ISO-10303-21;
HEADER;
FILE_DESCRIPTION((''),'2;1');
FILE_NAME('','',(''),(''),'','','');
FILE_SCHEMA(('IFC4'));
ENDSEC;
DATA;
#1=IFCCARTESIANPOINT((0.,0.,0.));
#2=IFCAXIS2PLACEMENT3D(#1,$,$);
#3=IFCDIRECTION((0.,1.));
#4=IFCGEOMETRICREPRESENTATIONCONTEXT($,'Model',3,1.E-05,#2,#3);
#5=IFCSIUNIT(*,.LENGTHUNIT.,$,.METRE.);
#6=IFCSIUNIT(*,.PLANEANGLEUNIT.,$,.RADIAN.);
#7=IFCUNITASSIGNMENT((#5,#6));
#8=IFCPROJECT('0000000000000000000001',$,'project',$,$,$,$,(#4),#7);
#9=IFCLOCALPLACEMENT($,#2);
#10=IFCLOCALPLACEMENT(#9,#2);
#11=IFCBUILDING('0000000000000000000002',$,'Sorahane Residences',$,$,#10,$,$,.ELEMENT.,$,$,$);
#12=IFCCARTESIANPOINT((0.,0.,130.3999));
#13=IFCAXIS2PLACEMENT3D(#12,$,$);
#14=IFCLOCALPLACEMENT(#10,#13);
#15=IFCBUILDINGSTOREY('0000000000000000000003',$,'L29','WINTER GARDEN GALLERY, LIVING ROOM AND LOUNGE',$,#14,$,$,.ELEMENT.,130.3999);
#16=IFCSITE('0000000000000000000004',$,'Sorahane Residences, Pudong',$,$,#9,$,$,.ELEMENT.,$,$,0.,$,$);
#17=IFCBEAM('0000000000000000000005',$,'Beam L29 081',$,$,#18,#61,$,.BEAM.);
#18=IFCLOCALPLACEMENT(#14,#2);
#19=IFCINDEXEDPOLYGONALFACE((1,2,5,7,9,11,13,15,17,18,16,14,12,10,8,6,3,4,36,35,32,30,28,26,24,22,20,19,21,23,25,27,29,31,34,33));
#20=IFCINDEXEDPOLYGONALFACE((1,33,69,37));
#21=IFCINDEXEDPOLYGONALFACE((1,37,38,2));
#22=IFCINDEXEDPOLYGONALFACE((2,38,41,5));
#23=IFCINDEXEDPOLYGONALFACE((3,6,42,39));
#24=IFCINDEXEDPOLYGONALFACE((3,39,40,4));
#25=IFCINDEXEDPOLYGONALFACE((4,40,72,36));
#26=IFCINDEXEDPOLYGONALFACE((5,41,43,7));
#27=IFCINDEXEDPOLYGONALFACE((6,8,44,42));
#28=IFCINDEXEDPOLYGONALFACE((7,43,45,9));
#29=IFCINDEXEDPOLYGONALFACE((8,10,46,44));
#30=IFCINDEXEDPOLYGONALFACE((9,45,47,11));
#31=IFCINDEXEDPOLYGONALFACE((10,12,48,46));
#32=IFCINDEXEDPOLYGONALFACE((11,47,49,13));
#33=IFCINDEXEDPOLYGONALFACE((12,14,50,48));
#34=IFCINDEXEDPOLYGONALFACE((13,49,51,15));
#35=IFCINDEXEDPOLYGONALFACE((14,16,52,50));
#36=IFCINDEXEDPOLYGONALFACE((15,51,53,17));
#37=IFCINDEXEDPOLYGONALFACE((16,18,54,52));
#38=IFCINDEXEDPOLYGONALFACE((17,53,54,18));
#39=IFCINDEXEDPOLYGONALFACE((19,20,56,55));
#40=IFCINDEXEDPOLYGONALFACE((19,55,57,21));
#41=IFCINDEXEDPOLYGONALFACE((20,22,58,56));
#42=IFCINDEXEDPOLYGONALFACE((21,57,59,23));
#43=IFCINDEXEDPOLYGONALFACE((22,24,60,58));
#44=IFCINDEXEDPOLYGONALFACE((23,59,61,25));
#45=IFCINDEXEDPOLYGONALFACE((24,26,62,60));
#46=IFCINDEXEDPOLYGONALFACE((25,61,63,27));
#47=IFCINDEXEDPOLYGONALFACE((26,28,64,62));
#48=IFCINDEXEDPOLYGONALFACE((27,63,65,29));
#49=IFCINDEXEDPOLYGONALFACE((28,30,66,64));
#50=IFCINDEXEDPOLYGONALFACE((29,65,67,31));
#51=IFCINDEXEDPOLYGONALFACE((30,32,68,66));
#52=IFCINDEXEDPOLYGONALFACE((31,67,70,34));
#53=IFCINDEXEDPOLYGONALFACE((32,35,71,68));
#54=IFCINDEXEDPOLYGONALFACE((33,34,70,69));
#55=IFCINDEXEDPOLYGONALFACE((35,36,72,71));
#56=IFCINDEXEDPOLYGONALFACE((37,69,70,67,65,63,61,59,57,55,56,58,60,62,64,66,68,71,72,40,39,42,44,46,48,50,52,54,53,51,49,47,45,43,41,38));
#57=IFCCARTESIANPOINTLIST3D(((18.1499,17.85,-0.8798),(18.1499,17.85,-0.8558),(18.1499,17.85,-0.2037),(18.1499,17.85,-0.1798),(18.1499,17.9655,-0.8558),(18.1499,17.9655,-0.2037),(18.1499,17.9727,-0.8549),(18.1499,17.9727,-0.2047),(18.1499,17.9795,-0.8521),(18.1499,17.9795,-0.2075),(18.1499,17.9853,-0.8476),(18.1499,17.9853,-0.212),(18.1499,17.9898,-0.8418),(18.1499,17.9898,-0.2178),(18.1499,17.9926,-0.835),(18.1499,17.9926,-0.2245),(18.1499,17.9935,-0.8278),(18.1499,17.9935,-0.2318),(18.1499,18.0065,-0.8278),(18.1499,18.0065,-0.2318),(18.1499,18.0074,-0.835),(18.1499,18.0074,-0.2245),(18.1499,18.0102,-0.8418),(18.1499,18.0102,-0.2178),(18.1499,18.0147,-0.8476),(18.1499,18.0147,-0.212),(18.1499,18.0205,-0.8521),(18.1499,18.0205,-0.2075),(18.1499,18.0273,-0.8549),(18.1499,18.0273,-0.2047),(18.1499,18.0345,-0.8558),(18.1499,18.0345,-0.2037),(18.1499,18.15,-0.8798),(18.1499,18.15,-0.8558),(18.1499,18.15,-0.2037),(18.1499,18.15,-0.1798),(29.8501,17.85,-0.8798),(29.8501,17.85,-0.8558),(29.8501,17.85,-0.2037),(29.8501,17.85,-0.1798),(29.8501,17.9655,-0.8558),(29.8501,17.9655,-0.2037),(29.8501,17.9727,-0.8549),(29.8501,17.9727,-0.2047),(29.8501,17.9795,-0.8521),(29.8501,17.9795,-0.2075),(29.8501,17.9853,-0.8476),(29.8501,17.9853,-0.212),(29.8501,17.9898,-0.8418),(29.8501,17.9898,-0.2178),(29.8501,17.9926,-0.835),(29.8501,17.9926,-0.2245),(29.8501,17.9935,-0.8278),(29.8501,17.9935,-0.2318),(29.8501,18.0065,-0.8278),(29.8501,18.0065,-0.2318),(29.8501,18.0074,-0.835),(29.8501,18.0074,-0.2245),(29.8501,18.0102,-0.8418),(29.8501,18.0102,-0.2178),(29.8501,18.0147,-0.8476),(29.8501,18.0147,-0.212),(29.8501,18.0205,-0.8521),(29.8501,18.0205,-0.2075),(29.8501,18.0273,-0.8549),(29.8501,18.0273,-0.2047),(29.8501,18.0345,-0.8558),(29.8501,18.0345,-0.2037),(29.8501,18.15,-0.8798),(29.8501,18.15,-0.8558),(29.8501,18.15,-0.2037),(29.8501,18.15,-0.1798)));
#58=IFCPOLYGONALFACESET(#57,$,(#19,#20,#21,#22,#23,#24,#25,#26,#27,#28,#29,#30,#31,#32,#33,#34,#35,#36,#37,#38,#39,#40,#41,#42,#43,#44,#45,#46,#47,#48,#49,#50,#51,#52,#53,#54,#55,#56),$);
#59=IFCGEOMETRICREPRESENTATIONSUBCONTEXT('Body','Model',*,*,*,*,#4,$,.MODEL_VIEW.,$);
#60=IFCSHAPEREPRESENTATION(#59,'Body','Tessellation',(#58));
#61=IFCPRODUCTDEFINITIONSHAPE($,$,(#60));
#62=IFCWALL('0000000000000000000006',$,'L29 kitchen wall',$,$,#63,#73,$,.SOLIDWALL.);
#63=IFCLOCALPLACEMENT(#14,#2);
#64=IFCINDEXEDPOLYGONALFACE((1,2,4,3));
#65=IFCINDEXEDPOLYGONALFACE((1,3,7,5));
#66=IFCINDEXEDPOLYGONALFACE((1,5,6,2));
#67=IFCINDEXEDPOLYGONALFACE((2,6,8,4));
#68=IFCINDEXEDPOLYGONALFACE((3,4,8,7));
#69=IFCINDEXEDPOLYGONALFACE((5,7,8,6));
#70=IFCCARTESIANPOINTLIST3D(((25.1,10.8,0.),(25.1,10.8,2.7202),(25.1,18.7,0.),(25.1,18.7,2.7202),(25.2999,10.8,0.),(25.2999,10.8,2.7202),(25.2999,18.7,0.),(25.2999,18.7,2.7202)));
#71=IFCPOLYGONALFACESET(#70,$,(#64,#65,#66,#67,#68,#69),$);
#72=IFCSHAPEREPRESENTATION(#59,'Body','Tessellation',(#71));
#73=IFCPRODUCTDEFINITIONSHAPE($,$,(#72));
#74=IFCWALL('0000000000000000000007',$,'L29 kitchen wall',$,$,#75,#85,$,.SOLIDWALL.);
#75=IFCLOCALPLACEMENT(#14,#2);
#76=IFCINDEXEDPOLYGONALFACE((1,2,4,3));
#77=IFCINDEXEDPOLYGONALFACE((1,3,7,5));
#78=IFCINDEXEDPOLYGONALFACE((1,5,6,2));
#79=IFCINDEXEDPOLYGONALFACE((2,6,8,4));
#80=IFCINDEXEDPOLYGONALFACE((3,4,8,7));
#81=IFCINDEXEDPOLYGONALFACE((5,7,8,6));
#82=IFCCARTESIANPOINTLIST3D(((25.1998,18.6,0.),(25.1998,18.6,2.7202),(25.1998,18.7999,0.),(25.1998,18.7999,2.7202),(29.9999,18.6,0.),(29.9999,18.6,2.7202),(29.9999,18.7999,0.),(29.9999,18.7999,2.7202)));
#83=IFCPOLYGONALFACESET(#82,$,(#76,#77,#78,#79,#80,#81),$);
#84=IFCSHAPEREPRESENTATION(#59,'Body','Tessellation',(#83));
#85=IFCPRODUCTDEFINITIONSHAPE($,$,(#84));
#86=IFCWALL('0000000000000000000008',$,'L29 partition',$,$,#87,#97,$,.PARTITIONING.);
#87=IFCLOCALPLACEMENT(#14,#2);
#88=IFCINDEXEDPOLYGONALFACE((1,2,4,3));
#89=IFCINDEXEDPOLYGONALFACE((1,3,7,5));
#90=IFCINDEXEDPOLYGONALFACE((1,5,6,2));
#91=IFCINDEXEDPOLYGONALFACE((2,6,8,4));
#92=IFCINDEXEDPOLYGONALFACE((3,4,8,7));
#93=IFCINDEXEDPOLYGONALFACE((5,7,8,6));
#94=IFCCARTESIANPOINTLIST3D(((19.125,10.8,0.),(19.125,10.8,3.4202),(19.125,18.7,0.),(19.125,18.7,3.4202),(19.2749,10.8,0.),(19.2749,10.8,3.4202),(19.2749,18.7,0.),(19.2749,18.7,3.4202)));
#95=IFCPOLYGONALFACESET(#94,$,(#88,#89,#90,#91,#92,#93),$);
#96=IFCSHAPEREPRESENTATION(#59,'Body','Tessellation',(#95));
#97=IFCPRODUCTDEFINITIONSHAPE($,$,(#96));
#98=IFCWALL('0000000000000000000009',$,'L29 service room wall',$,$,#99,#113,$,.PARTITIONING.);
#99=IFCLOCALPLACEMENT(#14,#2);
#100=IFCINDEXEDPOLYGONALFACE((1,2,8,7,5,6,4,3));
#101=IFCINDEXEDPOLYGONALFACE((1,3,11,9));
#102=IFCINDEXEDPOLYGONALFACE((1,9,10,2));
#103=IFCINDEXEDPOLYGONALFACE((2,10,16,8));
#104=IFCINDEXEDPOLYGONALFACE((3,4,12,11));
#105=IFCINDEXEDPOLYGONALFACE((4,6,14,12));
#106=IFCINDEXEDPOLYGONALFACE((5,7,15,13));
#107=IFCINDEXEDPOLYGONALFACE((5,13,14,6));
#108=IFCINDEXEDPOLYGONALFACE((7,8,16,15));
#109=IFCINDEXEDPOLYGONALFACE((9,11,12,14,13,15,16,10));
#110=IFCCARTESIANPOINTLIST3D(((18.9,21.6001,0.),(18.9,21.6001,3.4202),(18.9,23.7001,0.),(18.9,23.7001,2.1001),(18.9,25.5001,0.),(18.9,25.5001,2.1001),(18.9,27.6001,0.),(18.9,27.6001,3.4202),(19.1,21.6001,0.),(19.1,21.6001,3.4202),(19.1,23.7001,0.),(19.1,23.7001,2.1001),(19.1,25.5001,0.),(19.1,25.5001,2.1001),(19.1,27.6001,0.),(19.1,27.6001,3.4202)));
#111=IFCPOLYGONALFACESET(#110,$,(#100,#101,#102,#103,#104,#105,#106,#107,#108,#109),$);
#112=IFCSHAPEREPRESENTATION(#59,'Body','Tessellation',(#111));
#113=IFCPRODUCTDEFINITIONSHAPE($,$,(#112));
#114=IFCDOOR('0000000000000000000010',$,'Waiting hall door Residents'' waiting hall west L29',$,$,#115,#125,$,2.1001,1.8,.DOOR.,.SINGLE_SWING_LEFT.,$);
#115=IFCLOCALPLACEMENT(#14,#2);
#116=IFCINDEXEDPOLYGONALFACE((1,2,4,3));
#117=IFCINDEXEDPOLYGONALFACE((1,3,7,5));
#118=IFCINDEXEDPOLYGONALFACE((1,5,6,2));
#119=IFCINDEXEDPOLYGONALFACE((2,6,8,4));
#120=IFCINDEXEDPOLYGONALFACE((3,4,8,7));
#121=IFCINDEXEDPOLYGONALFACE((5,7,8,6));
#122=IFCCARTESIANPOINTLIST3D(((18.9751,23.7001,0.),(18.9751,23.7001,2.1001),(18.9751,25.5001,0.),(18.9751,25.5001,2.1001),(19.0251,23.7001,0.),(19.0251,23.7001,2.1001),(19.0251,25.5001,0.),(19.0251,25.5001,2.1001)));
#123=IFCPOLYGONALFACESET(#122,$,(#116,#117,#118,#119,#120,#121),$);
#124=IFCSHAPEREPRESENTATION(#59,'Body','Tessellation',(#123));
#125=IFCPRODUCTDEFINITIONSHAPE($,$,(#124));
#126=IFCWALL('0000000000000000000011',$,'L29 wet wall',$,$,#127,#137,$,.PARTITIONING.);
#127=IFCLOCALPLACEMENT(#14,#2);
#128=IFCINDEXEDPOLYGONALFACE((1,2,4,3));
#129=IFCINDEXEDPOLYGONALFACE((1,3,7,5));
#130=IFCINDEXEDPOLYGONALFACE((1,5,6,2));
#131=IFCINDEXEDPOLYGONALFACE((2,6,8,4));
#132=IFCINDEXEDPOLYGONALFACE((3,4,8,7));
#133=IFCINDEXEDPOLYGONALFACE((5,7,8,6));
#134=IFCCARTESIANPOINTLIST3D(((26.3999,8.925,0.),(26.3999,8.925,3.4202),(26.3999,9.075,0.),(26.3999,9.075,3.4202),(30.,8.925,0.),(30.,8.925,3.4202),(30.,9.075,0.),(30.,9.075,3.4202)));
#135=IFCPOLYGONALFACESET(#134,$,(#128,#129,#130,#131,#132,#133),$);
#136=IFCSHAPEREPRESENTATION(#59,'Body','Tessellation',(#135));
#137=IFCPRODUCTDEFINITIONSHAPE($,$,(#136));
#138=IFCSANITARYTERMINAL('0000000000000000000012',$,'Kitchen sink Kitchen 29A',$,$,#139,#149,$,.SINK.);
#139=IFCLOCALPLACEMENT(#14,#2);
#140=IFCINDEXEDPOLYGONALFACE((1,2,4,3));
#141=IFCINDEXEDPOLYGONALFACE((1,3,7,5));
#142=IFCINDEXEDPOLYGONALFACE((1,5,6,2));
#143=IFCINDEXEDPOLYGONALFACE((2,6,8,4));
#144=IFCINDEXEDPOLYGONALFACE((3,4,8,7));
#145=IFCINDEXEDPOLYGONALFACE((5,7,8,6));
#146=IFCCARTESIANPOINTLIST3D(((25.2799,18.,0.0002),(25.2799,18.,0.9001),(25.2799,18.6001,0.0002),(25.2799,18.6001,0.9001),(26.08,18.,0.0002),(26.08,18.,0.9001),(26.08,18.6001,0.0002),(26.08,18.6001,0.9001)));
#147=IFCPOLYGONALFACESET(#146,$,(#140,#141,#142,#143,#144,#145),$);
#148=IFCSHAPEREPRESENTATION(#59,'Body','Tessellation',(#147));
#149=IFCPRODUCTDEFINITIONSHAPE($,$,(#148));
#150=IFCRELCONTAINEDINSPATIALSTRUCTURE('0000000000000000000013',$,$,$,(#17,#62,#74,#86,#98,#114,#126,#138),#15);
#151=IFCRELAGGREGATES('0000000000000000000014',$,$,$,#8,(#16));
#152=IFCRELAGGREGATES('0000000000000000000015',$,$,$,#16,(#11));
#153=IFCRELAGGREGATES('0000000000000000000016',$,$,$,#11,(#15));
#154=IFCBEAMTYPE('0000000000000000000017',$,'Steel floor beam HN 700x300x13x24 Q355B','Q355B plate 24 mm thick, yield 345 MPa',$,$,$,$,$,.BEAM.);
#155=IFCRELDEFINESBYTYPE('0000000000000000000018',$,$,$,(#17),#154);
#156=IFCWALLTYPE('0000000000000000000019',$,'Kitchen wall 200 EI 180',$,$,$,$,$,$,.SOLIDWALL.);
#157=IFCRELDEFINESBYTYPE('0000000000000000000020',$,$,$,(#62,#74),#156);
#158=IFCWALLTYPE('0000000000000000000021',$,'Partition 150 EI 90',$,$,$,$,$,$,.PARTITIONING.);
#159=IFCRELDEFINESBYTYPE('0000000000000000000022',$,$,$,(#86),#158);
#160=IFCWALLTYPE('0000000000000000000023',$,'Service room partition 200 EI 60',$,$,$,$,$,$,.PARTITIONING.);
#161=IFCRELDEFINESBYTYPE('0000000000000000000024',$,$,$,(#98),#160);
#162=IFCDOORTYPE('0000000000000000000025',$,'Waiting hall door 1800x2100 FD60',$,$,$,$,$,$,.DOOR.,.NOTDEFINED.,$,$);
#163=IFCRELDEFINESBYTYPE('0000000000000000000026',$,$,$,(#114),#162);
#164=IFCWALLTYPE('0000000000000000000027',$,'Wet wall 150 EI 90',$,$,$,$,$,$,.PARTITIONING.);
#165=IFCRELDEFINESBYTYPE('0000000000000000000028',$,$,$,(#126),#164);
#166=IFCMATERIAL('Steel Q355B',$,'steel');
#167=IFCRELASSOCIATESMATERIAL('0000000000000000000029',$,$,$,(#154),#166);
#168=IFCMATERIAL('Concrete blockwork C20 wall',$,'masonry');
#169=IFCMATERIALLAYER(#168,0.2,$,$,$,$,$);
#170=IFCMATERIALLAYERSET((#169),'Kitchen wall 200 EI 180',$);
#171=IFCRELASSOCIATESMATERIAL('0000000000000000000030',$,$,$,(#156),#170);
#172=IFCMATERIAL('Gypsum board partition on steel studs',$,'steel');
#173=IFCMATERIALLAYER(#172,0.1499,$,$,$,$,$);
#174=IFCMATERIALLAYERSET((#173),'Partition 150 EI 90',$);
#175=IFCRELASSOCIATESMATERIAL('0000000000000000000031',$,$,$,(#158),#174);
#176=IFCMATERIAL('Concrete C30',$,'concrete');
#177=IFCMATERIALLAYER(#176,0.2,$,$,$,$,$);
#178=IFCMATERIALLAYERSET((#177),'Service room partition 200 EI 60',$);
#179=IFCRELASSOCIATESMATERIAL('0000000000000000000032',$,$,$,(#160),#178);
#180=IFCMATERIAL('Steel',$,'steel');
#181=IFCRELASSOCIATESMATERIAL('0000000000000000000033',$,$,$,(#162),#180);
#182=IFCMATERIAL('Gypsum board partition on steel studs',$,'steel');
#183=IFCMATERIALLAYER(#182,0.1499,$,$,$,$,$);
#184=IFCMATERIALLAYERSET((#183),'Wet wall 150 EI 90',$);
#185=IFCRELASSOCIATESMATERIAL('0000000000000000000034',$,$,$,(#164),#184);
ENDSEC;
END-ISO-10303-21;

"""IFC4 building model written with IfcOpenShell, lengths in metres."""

from ifc_helpers import new_model, si_unit, direction, frame, frame_2d, origin, origin_2d, place, context, subcontext, project, spatial, rectangle, i_section, extrude, material, layer, layer_set, material_profile, profile_set, type_object, element, fill, save


model = new_model("IFC4")

# Units and contexts
model_context = context("Model", 3, precision=1e-05, world=origin(), true_north=direction((0.0, 1.0)))
body_context = subcontext(model_context, "Body", "Model", "MODEL_VIEW")
ifc_project = project(units=[si_unit("LENGTHUNIT", "METRE"), si_unit("PLANEANGLEUNIT", "RADIAN")], contexts=[model_context])

# Site, building, storey
site_placement = place(None, origin())
site = spatial("IfcSite", under=ifc_project, at=site_placement, Name="Sorahane Residences, Pudong", CompositionType="ELEMENT", RefElevation=0.0)
building_placement = place(site_placement, origin())
building = spatial("IfcBuilding", under=site, at=building_placement, Name="Sorahane Residences", CompositionType="ELEMENT")
storey_placement = place(building_placement, frame((0.0, 0.0, 130.3999)))
storey = spatial("IfcBuildingStorey", under=building, at=storey_placement, Name="L29", Description="WINTER GARDEN GALLERY, LIVING ROOM AND LOUNGE", CompositionType="ELEMENT", Elevation=130.3999)

# Beam
ifc_material_1 = material(Name="Steel Q355B", Category="steel")
ifc_material_profile_1 = material_profile(ifc_material_1, i_section(OverallWidth=0.3, OverallDepth=0.7, WebThickness=0.0129, FlangeThickness=0.0239, FilletRadius=0.0281, at=origin_2d()), Name="HN 700x300x13x24")
ifc_profile_set_1 = profile_set([ifc_material_profile_1], Name="Steel Q355B")
beam_type_1 = type_object("IfcBeamType", Name="Steel floor beam HN 700x300x13x24 Q355B", Description="Q355B plate 24 mm thick, yield 345 MPa", PredefinedType="BEAM", material=ifc_profile_set_1)
beam_1_placement = place(storey_placement, frame((18.1499, 18.0, -0.5298), z_axis=(1.0, 0.0, 0.0), x_axis=(0.0, 1.0, 0.0)))
element("IfcBeam", 1, at=beam_1_placement, inside=storey, type_object=beam_type_1, Name="Beam L29 081", PredefinedType="BEAM", context=body_context, shape_type="SweptSolid", body=[
    extrude(i_section(OverallWidth=0.3, OverallDepth=0.7, WebThickness=0.0129, FlangeThickness=0.0239, FilletRadius=0.0281, at=origin_2d()), origin(), (0.0, 0.0, 1.0), 11.7002),
])

# Wall
ifc_material_2 = material(Name="Concrete blockwork C20 wall", Category="masonry")
ifc_layer_1 = layer(ifc_material_2, 0.2)
ifc_layer_set_1 = layer_set([ifc_layer_1], Name="Kitchen wall 200 EI 180")
wall_type_1 = type_object("IfcWallType", Name="Kitchen wall 200 EI 180", PredefinedType="SOLIDWALL", material=ifc_layer_set_1)
wall_1_placement = place(storey_placement, frame((25.2, 10.8, 0.0), z_axis=(0.0, 0.0, 1.0), x_axis=(0.0, 1.0, 0.0)))
element("IfcWall", 2, at=wall_1_placement, inside=storey, type_object=wall_type_1, Name="L29 kitchen wall", PredefinedType="SOLIDWALL", context=body_context, shape_type="SweptSolid", body=[
    extrude(rectangle(XDim=7.8999, YDim=0.2, at=frame_2d((3.95, 0.0))), origin(), (0.0, 0.0, 1.0), 2.7202),
])

# Walls
wall_2_placement = place(storey_placement, frame((25.2, 18.7, 0.0), z_axis=(0.0, 0.0, 1.0), x_axis=(1.0, 0.0, 0.0)))
element("IfcWall", 3, at=wall_2_placement, inside=storey, type_object=wall_type_1, Name="L29 kitchen wall", PredefinedType="SOLIDWALL", context=body_context, shape_type="SweptSolid", body=[
    extrude(rectangle(XDim=4.8, YDim=0.2, at=frame_2d((2.3999, 0.0))), origin(), (0.0, 0.0, 1.0), 2.7202),
])
ifc_material_3 = material(Name="Gypsum board partition on steel studs", Category="steel")
ifc_layer_2 = layer(ifc_material_3, 0.1499)
ifc_layer_set_2 = layer_set([ifc_layer_2], Name="Partition 150 EI 90")
wall_type_2 = type_object("IfcWallType", Name="Partition 150 EI 90", PredefinedType="PARTITIONING", material=ifc_layer_set_2)
wall_3_placement = place(storey_placement, frame((19.2, 10.8, 0.0), z_axis=(0.0, 0.0, 1.0), x_axis=(0.0, 1.0, 0.0)))
element("IfcWall", 4, at=wall_3_placement, inside=storey, type_object=wall_type_2, Name="L29 partition", PredefinedType="PARTITIONING", context=body_context, shape_type="SweptSolid", body=[
    extrude(rectangle(XDim=7.8999, YDim=0.1499, at=frame_2d((3.95, 0.0))), origin(), (0.0, 0.0, 1.0), 3.4202),
])

# Wall, opening, door
ifc_material_4 = material(Name="Concrete C30", Category="concrete")
ifc_layer_3 = layer(ifc_material_4, 0.2)
ifc_layer_set_3 = layer_set([ifc_layer_3], Name="Service room partition 200 EI 60")
wall_type_3 = type_object("IfcWallType", Name="Service room partition 200 EI 60", PredefinedType="PARTITIONING", material=ifc_layer_set_3)
wall_4_placement = place(storey_placement, frame((19.0, 21.6001, 0.0), z_axis=(0.0, 0.0, 1.0), x_axis=(0.0, 1.0, 0.0)))
wall_4 = element("IfcWall", 5, at=wall_4_placement, inside=storey, type_object=wall_type_3, Name="L29 service room wall", PredefinedType="PARTITIONING", context=body_context, shape_type="SweptSolid", body=[
    extrude(rectangle(XDim=6.0, YDim=0.2, at=frame_2d((3.0, 0.0))), origin(), (0.0, 0.0, 1.0), 3.4202),
])
opening_1_placement = place(wall_4_placement, frame((2.1001, 0.0, 0.0)))
opening_1 = element("IfcOpeningElement", 6, at=opening_1_placement, cuts=wall_4, PredefinedType="OPENING", context=body_context, shape_type="SweptSolid", body=[
    extrude(rectangle(XDim=1.8, YDim=2.1001, at=frame_2d((0.8999, 1.05))), frame((0.0, 0.1099, 0.0), z_axis=(0.0, -1.0, 0.0), x_axis=(1.0, 0.0, 0.0)), (0.0, 0.0, 1.0), 0.22),
])
ifc_material_5 = material(Name="Steel", Category="steel")
door_type_1 = type_object("IfcDoorType", Name="Waiting hall door 1800x2100 FD60", OperationType="NOTDEFINED", PredefinedType="DOOR", material=ifc_material_5)
door_1_placement = place(opening_1_placement, origin())
door_1 = element("IfcDoor", 7, at=door_1_placement, inside=storey, type_object=door_type_1, Name="Waiting hall door Residents' waiting hall west L29", OperationType="SINGLE_SWING_LEFT", OverallHeight=2.1001, OverallWidth=1.8, PredefinedType="DOOR", context=body_context, shape_type="SweptSolid", body=[
    extrude(rectangle(XDim=1.8, YDim=2.1001, at=frame_2d((0.8999, 1.05))), frame((0.0, 0.0249, 0.0), z_axis=(0.0, -1.0, 0.0), x_axis=(1.0, 0.0, 0.0)), (0.0, 0.0, 1.0), 0.05),
])
fill(opening_1, door_1)

# Wall
ifc_material_6 = material(Name="Gypsum board partition on steel studs", Category="steel")
ifc_layer_4 = layer(ifc_material_6, 0.1499)
ifc_layer_set_4 = layer_set([ifc_layer_4], Name="Wet wall 150 EI 90")
wall_type_4 = type_object("IfcWallType", Name="Wet wall 150 EI 90", PredefinedType="PARTITIONING", material=ifc_layer_set_4)
wall_5_placement = place(storey_placement, frame((26.3999, 9.0, 0.0), z_axis=(0.0, 0.0, 1.0), x_axis=(1.0, 0.0, 0.0)))
element("IfcWall", 8, at=wall_5_placement, inside=storey, type_object=wall_type_4, Name="L29 wet wall", PredefinedType="PARTITIONING", context=body_context, shape_type="SweptSolid", body=[
    extrude(rectangle(XDim=3.6001, YDim=0.1499, at=frame_2d((1.8, 0.0))), origin(), (0.0, 0.0, 1.0), 3.4202),
])

# Sanitary terminal
sanitary_terminal_placement = place(storey_placement, frame((25.6799, 18.3, 0.0002), z_axis=(0.0, 0.0, 1.0), x_axis=(1.0, 0.0, 0.0)))
element("IfcSanitaryTerminal", 9, at=sanitary_terminal_placement, inside=storey, Name="Kitchen sink Kitchen 29A", PredefinedType="SINK", context=body_context, shape_type="SweptSolid", body=[
    extrude(rectangle(XDim=0.8, YDim=0.6001, at=origin_2d()), origin(), (0.0, 0.0, 1.0), 0.8999),
])

save(model, "model.ifc")
